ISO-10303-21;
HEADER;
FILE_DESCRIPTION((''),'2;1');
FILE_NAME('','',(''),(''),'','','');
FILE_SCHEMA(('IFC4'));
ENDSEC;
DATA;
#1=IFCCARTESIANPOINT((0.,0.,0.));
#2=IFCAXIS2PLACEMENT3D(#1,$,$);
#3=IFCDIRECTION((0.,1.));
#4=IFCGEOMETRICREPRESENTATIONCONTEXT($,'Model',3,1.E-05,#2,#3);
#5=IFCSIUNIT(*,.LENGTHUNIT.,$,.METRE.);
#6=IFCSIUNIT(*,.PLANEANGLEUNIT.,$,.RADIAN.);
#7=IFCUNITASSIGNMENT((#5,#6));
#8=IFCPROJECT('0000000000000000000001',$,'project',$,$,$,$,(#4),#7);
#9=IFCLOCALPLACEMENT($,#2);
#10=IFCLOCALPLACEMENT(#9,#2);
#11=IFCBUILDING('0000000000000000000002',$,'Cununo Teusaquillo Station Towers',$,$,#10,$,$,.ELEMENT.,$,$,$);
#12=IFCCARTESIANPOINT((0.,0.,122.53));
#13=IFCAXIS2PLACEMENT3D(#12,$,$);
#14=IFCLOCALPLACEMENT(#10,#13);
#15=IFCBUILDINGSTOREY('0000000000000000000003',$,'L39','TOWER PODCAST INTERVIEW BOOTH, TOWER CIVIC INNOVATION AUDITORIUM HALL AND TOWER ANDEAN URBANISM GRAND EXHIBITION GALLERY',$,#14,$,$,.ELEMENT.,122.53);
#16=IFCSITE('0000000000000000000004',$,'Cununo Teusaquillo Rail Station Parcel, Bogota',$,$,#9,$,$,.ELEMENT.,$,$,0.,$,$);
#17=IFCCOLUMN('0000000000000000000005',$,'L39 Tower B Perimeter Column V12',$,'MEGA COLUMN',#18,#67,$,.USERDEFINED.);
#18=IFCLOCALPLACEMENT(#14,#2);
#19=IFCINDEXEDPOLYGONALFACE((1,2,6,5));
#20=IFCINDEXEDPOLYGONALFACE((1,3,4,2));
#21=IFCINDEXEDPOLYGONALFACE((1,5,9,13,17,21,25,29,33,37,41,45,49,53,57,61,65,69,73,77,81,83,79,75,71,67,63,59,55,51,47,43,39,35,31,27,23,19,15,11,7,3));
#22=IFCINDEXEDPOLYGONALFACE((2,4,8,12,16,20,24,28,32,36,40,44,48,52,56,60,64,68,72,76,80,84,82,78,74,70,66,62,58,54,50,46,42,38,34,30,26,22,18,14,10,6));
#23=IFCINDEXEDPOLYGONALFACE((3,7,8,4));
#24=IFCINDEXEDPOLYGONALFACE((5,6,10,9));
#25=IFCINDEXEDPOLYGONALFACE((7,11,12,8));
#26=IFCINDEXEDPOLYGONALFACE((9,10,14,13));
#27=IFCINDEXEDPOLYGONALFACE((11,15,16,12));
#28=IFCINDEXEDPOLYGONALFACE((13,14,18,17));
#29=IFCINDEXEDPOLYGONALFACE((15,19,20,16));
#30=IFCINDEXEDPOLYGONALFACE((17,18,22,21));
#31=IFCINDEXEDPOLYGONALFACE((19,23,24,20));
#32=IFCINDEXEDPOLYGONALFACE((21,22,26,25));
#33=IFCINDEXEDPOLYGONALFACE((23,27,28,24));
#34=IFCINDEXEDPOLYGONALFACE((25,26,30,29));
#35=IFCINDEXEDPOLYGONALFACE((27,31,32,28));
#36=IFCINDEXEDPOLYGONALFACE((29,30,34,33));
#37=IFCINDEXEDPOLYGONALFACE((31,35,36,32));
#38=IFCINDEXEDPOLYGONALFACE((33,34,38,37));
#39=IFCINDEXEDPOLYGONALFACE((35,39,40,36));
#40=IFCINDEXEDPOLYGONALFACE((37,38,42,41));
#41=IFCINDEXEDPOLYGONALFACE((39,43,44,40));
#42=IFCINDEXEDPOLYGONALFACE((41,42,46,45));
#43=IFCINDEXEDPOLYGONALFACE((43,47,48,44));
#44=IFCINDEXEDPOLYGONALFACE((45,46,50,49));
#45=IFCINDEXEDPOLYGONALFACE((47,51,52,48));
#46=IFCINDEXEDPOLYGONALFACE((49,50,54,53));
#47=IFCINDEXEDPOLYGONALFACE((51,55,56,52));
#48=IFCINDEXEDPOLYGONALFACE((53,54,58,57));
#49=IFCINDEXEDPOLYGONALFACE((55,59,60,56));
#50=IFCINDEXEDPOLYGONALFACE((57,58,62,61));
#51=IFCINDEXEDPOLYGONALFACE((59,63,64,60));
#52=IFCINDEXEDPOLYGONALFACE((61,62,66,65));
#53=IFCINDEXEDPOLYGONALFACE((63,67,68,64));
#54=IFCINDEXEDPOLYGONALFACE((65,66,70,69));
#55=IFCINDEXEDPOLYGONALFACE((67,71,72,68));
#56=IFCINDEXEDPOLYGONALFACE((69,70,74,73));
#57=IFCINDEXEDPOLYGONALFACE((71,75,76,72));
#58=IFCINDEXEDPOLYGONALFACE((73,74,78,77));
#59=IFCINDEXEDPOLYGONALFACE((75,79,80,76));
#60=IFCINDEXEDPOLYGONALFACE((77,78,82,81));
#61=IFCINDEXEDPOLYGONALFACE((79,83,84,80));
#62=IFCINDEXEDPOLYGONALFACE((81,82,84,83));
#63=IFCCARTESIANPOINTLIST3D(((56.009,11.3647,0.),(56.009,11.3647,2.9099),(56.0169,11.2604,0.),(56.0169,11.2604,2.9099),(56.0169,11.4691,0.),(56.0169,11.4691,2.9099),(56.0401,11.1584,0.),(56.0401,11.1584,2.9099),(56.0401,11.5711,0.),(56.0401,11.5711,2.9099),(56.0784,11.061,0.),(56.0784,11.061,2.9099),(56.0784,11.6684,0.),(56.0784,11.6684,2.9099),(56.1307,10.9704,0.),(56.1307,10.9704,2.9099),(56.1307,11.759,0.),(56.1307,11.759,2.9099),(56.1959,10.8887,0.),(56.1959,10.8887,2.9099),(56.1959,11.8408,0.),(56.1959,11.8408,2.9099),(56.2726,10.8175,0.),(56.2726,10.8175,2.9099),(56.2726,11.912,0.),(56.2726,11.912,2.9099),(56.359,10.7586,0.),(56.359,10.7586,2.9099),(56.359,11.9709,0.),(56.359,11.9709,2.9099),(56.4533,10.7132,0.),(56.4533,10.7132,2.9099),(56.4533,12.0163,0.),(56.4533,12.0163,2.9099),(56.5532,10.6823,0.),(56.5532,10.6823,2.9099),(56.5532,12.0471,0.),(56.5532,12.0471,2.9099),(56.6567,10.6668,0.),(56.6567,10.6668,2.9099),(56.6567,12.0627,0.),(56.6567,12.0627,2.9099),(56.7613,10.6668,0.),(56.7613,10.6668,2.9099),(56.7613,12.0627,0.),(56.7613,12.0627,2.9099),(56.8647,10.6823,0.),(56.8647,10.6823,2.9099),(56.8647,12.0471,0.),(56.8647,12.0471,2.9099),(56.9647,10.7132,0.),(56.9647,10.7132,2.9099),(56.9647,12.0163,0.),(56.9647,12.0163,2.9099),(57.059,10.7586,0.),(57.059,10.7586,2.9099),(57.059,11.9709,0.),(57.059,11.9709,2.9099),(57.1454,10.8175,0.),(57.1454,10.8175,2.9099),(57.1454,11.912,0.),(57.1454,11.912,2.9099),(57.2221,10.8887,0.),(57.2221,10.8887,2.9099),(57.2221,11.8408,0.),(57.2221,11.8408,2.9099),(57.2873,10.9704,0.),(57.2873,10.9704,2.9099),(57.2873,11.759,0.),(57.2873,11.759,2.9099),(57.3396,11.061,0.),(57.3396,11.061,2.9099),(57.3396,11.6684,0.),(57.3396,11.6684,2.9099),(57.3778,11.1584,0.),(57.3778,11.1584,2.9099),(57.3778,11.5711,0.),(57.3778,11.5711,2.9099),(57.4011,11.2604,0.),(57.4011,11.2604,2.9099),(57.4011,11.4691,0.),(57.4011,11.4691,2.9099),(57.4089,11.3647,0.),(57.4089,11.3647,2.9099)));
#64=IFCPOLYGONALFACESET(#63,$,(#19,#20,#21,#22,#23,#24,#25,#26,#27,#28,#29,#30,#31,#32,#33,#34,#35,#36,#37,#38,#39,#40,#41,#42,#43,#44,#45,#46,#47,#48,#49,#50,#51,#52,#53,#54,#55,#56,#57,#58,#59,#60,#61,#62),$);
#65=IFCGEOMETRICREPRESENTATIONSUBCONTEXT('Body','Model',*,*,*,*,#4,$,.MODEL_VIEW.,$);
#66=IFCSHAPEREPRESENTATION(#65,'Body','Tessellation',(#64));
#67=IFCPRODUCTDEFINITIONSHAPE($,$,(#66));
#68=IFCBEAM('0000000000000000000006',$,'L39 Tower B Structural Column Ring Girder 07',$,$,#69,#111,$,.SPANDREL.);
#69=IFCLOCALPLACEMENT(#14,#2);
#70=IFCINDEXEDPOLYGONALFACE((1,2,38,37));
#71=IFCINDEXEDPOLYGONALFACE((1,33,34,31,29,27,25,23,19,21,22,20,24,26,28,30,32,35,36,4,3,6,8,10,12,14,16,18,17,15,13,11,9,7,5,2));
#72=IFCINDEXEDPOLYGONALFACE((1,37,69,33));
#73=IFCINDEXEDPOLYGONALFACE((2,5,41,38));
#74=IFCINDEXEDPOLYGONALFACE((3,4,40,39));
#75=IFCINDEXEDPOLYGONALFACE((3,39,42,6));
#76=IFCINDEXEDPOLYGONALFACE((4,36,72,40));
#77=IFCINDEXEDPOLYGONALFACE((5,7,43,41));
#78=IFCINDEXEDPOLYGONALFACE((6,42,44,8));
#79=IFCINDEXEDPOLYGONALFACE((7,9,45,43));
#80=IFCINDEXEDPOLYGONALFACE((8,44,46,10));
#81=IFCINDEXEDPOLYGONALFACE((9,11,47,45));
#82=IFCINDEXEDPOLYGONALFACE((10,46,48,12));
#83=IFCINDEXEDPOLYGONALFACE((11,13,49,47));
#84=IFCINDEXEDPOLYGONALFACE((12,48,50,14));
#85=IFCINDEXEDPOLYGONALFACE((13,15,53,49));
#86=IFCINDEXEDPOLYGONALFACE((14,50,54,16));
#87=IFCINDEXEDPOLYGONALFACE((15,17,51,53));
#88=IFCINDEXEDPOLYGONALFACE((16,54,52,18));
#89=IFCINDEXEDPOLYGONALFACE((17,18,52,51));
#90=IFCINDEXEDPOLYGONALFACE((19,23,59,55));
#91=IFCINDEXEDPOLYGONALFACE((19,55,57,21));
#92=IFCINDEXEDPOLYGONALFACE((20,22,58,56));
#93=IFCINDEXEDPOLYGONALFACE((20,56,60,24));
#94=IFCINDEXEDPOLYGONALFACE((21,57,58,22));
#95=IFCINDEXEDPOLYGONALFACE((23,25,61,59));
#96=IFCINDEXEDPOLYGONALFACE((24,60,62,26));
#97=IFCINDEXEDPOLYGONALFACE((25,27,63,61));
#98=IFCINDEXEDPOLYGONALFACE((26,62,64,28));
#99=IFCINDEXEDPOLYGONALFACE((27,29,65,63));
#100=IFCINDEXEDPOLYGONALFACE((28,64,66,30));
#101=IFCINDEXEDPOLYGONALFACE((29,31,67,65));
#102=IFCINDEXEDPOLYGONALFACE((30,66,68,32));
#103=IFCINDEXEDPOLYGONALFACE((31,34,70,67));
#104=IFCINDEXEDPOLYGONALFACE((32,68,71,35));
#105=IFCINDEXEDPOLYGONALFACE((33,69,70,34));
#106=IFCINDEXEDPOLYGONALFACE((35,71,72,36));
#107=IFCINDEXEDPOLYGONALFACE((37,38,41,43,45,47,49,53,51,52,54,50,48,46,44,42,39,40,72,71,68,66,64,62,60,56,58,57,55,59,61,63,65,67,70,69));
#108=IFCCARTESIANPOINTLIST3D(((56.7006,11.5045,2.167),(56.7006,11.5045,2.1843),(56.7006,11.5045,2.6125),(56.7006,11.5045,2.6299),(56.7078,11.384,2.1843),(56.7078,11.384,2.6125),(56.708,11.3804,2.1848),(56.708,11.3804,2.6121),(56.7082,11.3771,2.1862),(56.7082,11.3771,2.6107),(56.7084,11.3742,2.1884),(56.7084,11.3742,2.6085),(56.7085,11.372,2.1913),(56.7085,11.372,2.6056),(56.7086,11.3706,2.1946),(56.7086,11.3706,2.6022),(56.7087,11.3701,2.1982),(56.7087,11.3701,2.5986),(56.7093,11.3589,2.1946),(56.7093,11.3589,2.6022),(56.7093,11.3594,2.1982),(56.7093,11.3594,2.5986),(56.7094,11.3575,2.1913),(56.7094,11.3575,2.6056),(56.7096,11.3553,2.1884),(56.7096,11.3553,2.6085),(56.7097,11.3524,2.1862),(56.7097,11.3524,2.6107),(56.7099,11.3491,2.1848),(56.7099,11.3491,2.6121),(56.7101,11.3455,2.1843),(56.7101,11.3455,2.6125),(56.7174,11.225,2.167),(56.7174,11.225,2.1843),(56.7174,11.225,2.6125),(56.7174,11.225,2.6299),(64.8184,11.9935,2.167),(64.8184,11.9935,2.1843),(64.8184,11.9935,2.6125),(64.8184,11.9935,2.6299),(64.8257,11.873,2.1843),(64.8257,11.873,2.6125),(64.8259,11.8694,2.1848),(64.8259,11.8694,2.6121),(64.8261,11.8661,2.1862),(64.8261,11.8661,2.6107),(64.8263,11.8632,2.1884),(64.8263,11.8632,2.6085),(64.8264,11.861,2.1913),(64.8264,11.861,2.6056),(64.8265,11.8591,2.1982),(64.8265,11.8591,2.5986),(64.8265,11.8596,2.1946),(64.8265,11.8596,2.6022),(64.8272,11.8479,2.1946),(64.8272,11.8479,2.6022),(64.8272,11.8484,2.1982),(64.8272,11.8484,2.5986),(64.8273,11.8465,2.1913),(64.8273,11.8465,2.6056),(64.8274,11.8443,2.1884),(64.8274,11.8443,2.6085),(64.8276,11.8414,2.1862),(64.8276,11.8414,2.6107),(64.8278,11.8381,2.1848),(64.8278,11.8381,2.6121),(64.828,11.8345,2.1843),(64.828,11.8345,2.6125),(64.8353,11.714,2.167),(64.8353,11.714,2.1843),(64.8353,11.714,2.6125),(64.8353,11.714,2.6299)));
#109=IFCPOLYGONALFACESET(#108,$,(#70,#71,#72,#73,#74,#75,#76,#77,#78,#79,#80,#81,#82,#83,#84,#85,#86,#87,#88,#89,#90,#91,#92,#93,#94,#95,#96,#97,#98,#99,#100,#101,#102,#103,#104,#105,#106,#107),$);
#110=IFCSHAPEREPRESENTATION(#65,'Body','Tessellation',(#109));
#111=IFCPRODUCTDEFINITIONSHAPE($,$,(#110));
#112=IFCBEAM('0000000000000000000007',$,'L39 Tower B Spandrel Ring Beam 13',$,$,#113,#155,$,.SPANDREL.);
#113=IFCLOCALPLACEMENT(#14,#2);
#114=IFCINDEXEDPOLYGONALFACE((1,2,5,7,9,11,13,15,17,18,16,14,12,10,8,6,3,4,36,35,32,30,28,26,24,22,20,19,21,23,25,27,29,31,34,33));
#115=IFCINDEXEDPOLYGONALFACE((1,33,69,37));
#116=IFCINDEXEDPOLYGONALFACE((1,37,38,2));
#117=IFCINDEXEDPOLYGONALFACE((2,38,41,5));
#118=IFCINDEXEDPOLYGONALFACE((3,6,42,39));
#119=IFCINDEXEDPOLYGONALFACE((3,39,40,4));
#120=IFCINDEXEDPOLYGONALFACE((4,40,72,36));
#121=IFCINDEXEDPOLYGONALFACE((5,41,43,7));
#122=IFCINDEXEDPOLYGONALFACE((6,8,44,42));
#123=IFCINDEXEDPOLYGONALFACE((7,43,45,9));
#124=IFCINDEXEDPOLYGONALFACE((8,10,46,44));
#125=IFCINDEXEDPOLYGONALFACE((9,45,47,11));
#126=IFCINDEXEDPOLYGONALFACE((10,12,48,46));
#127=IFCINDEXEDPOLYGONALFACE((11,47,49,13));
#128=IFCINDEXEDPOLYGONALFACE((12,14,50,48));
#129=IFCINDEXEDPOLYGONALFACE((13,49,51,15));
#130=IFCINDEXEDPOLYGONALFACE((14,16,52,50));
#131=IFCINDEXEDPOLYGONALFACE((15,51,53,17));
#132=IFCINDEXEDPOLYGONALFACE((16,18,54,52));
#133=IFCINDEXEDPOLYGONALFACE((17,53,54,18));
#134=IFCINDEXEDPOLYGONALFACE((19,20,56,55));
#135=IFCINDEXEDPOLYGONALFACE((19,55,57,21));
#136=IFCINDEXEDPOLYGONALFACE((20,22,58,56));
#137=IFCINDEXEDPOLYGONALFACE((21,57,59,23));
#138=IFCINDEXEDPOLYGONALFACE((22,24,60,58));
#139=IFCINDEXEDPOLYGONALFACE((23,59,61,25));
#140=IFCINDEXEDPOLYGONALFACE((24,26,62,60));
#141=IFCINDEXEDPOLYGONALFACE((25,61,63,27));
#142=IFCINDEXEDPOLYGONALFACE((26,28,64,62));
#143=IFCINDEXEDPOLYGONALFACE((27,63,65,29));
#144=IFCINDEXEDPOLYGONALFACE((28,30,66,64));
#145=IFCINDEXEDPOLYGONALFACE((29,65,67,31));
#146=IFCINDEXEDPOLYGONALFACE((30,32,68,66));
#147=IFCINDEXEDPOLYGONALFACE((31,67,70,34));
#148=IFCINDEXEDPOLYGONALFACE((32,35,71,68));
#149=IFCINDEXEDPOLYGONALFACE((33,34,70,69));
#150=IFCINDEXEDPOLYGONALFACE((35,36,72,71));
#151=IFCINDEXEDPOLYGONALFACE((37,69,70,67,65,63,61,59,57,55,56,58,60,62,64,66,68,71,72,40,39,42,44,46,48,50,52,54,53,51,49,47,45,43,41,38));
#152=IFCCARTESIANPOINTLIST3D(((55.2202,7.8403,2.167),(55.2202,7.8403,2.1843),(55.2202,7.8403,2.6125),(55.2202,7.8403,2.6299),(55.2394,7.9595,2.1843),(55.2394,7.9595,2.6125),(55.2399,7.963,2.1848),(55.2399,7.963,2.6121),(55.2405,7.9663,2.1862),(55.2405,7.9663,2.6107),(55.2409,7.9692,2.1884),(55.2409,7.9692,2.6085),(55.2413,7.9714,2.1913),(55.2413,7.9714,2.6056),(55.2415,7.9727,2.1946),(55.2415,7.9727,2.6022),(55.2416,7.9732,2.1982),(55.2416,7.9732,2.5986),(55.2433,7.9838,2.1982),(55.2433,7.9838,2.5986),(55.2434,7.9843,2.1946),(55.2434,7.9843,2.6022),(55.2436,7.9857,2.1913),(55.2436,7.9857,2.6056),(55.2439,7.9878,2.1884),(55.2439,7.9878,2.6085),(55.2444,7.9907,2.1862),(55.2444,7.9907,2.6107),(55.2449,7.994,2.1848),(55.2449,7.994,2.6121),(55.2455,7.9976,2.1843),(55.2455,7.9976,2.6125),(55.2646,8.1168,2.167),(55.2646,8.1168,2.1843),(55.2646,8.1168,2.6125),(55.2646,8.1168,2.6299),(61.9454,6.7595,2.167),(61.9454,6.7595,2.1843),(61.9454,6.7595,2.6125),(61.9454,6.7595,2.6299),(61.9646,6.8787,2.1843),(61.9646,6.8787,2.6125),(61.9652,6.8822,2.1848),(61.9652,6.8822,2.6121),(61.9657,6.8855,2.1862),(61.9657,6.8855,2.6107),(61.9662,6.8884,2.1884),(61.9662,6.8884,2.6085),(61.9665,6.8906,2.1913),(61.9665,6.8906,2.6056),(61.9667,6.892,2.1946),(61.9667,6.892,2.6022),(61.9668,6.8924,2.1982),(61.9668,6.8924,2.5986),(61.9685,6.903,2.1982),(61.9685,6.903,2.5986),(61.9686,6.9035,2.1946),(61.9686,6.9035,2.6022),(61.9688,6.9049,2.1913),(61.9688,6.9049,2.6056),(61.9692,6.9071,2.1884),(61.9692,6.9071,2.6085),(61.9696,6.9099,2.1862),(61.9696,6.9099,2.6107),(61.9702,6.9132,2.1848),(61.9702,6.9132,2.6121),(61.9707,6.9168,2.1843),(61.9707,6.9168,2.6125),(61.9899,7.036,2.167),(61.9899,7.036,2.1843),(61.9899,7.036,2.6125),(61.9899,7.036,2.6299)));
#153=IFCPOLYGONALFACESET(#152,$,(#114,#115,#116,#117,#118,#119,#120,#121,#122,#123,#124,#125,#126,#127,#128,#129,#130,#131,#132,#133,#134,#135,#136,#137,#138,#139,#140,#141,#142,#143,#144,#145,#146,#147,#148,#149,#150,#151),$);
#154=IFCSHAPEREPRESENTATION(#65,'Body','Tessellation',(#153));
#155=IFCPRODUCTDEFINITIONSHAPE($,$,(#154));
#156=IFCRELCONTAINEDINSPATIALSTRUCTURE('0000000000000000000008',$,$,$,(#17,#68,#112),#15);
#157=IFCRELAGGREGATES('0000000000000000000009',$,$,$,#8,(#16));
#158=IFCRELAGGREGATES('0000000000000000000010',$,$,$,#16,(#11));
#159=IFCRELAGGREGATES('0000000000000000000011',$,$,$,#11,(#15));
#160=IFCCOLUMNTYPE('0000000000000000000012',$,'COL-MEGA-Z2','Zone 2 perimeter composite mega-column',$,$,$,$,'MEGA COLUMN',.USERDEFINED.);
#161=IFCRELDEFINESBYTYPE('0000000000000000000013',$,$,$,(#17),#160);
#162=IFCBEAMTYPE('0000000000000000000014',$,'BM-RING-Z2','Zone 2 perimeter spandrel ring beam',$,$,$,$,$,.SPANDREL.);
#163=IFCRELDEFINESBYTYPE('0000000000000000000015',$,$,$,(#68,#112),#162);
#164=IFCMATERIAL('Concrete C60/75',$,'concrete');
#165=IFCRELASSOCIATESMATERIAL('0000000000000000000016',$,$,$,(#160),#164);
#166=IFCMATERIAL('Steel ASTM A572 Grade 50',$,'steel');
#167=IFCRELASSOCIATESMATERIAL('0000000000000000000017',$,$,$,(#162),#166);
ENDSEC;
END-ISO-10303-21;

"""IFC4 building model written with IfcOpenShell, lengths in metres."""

from ifc_helpers import new_model, si_unit, direction, frame, origin, origin_2d, place, context, subcontext, project, spatial, circle, i_section, extrude, material, material_profile, profile_set, type_object, element, save


model = new_model("IFC4")

# Units and contexts
model_context = context("Model", 3, precision=1e-05, world=origin(), true_north=direction((0.0, 1.0)))
body_context = subcontext(model_context, "Body", "Model", "MODEL_VIEW")
ifc_project = project(units=[si_unit("LENGTHUNIT", "METRE"), si_unit("PLANEANGLEUNIT", "RADIAN")], contexts=[model_context])

# Site, building, storey
site_placement = place(None, origin())
site = spatial("IfcSite", under=ifc_project, at=site_placement, Name="Cununo Teusaquillo Rail Station Parcel, Bogota", CompositionType="ELEMENT", RefElevation=0.0)
building_placement = place(site_placement, origin())
building = spatial("IfcBuilding", under=site, at=building_placement, Name="Cununo Teusaquillo Station Towers", CompositionType="ELEMENT")
storey_placement = place(building_placement, frame((0.0, 0.0, 122.53)))
storey = spatial("IfcBuildingStorey", under=building, at=storey_placement, Name="L39", Description="TOWER PODCAST INTERVIEW BOOTH, TOWER CIVIC INNOVATION AUDITORIUM HALL AND TOWER ANDEAN URBANISM GRAND EXHIBITION GALLERY", CompositionType="ELEMENT", Elevation=122.53)

# Column
ifc_material_1 = material(Name="Concrete C60/75", Category="concrete")
ifc_material_profile_1 = material_profile(ifc_material_1, circle(Radius=0.7, at=origin_2d()), Name="RC-CIRC-1400")
ifc_profile_set_1 = profile_set([ifc_material_profile_1], Name="Concrete C60/75")
column_type = type_object("IfcColumnType", Name="COL-MEGA-Z2", Description="Zone 2 perimeter composite mega-column", ElementType="MEGA COLUMN", PredefinedType="USERDEFINED", material=ifc_profile_set_1)
column_placement = place(storey_placement, frame((56.709, 11.3647, 0.0), z_axis=(0.0, 0.0, 1.0), x_axis=(1.0, 0.0, 0.0)))
element("IfcColumn", 1, at=column_placement, inside=storey, type_object=column_type, Name="L39 Tower B Perimeter Column V12", ObjectType="MEGA COLUMN", PredefinedType="USERDEFINED", context=body_context, shape_type="SweptSolid", body=[
    extrude(circle(Radius=0.7, at=origin_2d()), origin(), (0.0, 0.0, 1.0), 2.9099),
])

# Beams
ifc_material_2 = material(Name="Steel ASTM A572 Grade 50", Category="steel")
ifc_material_profile_2 = material_profile(ifc_material_2, i_section(OverallWidth=0.28, OverallDepth=0.4629, WebThickness=0.0107, FlangeThickness=0.0173, FilletRadius=0.0139, at=origin_2d()), Name="W18X76")
ifc_profile_set_2 = profile_set([ifc_material_profile_2], Name="Steel ASTM A572 Grade 50")
beam_type = type_object("IfcBeamType", Name="BM-RING-Z2", Description="Zone 2 perimeter spandrel ring beam", PredefinedType="SPANDREL", material=ifc_profile_set_2)
beam_1_placement = place(storey_placement, frame((56.709, 11.3647, 2.3984), z_axis=(0.998191, 0.06013, 0.0), x_axis=(-0.06013, 0.998191, 0.0)))
element("IfcBeam", 2, at=beam_1_placement, inside=storey, type_object=beam_type, Name="L39 Tower B Structural Column Ring Girder 07", PredefinedType="SPANDREL", context=body_context, shape_type="SweptSolid", body=[
    extrude(i_section(OverallWidth=0.28, OverallDepth=0.4629, WebThickness=0.0107, FlangeThickness=0.0173, FilletRadius=0.0139, at=origin_2d()), origin(), (0.0, 0.0, 1.0), 8.1326),
])
beam_2_placement = place(storey_placement, frame((55.2424, 7.9785, 2.3984), z_axis=(0.987331, -0.158671, 0.0), x_axis=(0.158671, 0.987331, 0.0)))
element("IfcBeam", 3, at=beam_2_placement, inside=storey, type_object=beam_type, Name="L39 Tower B Spandrel Ring Beam 13", PredefinedType="SPANDREL", context=body_context, shape_type="SweptSolid", body=[
    extrude(i_section(OverallWidth=0.28, OverallDepth=0.4629, WebThickness=0.0107, FlangeThickness=0.0173, FilletRadius=0.0139, at=origin_2d()), origin(), (0.0, 0.0, 1.0), 6.8115),
])

save(model, "model.ifc")
